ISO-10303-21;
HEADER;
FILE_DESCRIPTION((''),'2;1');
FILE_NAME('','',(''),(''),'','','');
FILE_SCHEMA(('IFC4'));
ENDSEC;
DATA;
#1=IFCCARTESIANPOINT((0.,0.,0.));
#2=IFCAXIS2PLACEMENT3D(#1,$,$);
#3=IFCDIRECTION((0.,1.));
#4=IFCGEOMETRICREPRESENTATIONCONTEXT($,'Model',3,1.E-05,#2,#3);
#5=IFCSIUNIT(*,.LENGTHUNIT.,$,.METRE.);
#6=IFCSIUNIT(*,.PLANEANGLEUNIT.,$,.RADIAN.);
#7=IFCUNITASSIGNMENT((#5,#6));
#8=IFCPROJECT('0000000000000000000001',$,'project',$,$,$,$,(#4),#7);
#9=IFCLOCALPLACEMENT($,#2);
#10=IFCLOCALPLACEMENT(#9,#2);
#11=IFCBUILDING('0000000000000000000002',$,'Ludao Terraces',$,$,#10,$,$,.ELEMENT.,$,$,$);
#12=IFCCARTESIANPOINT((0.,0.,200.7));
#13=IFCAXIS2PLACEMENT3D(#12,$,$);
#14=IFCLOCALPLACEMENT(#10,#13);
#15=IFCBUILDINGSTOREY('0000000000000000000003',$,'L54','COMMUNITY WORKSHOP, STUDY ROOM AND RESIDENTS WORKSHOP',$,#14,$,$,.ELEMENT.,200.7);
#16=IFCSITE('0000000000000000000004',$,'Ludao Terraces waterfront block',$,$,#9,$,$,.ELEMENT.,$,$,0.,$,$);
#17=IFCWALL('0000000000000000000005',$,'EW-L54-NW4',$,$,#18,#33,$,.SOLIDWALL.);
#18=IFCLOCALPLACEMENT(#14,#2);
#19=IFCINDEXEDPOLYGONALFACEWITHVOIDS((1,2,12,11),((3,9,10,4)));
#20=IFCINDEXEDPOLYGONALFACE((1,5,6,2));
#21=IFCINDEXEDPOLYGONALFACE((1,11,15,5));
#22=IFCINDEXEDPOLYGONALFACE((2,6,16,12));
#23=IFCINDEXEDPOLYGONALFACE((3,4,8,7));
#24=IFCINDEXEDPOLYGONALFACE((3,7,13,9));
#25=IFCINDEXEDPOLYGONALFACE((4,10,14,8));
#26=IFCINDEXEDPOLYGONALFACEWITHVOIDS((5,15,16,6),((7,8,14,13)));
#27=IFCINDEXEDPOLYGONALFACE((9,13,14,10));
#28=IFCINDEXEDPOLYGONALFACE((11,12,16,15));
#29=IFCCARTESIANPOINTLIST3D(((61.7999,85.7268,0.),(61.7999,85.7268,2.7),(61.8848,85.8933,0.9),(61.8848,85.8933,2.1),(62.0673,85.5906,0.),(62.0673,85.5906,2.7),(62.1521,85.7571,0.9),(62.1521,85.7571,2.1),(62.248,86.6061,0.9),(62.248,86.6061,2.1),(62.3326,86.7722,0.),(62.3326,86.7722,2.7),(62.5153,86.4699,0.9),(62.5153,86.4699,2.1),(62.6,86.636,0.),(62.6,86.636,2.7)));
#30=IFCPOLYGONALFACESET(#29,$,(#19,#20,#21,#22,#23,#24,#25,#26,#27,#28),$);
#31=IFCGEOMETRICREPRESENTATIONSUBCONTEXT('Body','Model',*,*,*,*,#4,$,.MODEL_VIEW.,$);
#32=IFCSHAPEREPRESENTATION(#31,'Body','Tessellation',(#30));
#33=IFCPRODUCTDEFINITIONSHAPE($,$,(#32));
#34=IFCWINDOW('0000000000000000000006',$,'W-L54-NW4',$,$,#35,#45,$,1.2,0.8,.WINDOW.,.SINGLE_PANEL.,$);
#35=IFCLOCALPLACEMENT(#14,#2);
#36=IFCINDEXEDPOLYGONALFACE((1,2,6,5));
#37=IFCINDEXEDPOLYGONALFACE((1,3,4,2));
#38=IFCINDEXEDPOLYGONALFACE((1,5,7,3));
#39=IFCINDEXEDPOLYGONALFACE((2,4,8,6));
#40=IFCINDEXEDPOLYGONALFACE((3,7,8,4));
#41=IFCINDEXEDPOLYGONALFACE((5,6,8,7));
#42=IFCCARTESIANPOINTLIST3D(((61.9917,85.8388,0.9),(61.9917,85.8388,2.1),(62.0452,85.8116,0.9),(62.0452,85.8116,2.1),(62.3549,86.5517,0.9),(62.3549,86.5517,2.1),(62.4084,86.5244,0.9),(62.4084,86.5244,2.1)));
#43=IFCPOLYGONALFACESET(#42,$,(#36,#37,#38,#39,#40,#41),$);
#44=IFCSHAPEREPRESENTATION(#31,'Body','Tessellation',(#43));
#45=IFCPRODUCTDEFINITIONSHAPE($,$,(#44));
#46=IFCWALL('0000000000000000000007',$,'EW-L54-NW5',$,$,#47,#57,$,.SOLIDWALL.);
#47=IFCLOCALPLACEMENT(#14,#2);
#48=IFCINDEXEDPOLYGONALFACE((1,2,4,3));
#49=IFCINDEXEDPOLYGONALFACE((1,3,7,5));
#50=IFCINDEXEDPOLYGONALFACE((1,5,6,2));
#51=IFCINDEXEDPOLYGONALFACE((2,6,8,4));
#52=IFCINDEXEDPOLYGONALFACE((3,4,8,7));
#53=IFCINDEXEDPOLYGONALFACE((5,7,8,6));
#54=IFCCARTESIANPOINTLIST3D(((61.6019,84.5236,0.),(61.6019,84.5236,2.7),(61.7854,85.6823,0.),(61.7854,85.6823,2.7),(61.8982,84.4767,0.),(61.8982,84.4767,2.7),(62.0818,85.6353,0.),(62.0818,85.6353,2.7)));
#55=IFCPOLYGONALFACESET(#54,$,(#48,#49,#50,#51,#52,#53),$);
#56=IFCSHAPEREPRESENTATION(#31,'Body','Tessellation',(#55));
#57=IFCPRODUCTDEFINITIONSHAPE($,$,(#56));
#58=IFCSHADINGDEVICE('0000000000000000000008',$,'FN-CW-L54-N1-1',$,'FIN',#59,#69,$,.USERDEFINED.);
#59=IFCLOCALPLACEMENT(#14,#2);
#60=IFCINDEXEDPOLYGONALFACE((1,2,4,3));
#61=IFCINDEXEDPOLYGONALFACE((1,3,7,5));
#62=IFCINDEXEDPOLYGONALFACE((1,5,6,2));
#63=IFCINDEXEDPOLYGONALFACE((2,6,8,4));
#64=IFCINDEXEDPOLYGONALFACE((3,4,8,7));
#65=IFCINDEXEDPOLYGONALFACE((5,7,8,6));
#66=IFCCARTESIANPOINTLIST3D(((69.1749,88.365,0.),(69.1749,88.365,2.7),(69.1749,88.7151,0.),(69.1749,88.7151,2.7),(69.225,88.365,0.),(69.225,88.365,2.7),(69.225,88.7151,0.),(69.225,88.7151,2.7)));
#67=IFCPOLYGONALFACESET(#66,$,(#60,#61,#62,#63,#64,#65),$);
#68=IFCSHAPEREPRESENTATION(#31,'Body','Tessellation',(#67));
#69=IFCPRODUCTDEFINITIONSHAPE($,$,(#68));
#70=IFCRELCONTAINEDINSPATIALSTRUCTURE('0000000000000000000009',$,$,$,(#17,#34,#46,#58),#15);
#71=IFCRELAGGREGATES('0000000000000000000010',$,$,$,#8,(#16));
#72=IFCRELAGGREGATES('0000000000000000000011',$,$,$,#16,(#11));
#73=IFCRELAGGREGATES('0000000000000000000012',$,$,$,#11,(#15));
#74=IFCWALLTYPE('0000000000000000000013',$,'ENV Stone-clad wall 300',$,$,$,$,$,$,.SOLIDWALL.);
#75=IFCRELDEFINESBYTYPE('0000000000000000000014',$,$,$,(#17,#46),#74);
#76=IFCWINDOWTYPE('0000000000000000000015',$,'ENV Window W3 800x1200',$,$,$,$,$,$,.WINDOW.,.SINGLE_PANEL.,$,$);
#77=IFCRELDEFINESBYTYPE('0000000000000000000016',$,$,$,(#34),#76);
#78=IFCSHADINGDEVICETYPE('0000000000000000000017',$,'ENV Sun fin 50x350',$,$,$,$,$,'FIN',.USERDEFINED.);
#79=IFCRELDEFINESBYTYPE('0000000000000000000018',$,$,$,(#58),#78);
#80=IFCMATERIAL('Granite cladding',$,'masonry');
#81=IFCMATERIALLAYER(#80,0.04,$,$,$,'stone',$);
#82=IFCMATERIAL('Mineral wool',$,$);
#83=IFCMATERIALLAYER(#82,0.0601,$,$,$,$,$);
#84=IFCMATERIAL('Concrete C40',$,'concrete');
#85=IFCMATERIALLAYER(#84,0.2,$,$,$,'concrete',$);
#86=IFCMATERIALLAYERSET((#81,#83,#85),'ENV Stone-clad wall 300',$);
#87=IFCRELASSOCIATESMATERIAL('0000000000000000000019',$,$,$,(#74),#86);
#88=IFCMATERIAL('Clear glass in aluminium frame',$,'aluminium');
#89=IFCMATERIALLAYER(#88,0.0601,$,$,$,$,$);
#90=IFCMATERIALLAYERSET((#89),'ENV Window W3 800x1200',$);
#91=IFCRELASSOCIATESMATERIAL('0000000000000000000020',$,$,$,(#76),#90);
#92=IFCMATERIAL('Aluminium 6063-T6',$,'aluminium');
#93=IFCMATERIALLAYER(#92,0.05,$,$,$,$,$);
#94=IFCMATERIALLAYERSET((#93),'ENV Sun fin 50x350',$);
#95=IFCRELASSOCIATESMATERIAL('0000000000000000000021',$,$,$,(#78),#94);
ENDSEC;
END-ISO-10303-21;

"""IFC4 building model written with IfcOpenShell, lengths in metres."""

from ifc_helpers import new_model, si_unit, direction, frame, frame_2d, origin, origin_2d, place, context, subcontext, project, spatial, rectangle, extrude, material, layer, layer_set, type_object, element, fill, save


model = new_model("IFC4")

# Units and contexts
model_context = context("Model", 3, precision=1e-05, world=origin(), true_north=direction((0.0, 1.0)))
body_context = subcontext(model_context, "Body", "Model", "MODEL_VIEW")
ifc_project = project(units=[si_unit("LENGTHUNIT", "METRE"), si_unit("PLANEANGLEUNIT", "RADIAN")], contexts=[model_context])

# Site, building, storey
site_placement = place(None, origin())
site = spatial("IfcSite", under=ifc_project, at=site_placement, Name="Ludao Terraces waterfront block", CompositionType="ELEMENT", RefElevation=0.0)
building_placement = place(site_placement, origin())
building = spatial("IfcBuilding", under=site, at=building_placement, Name="Ludao Terraces", CompositionType="ELEMENT")
storey_placement = place(building_placement, frame((0.0, 0.0, 200.7)))
storey = spatial("IfcBuildingStorey", under=building, at=storey_placement, Name="L54", Description="COMMUNITY WORKSHOP, STUDY ROOM AND RESIDENTS WORKSHOP", CompositionType="ELEMENT", Elevation=200.7)

# Shared definitions
ifc_material_1 = material(Name="Aluminium 6063-T6", Category="aluminium")

# Shared definitions
ifc_material_2 = material(Name="Concrete C40", Category="concrete")

# Shared definitions
ifc_material_3 = material(Name="Granite cladding", Category="masonry")
ifc_layer_1 = layer(ifc_material_3, 0.04, Category="stone")
ifc_material_4 = material(Name="Mineral wool")
ifc_layer_2 = layer(ifc_material_4, 0.0601)
ifc_layer_3 = layer(ifc_material_2, 0.2, Category="concrete")
ifc_layer_set_1 = layer_set([ifc_layer_1, ifc_layer_2, ifc_layer_3], Name="ENV Stone-clad wall 300")
wall_type = type_object("IfcWallType", Name="ENV Stone-clad wall 300", PredefinedType="SOLIDWALL", material=ifc_layer_set_1)

# Wall, opening, window
ifc_material_5 = material(Name="Clear glass in aluminium frame", Category="aluminium")
ifc_layer_4 = layer(ifc_material_5, 0.0601)
ifc_layer_set_2 = layer_set([ifc_layer_4], Name="ENV Window W3 800x1200")
window_type = type_object("IfcWindowType", Name="ENV Window W3 800x1200", PartitioningType="SINGLE_PANEL", PredefinedType="WINDOW", material=ifc_layer_set_2)
wall_1_placement = place(storey_placement, frame((62.4663, 86.7041, 0.0), z_axis=(0.0, 0.0, 1.0), x_axis=(-0.454026, -0.890989, 0.0)))
wall_1 = element("IfcWall", 1, at=wall_1_placement, inside=storey, type_object=wall_type, Name="EW-L54-NW4", PredefinedType="SOLIDWALL", context=body_context, shape_type="SweptSolid", body=[
    extrude(rectangle(XDim=1.1733, YDim=0.3, at=frame_2d((0.5867, 0.0))), origin(), (0.0, 0.0, 1.0), 2.7),
])
opening_1_placement = place(wall_1_placement, frame((0.1865, 0.0, 0.8999)))
opening_1 = element("IfcOpeningElement", 2, at=opening_1_placement, cuts=wall_1, PredefinedType="OPENING", context=body_context, shape_type="SweptSolid", body=[
    extrude(rectangle(XDim=0.8, YDim=1.2, at=frame_2d((0.3999, 0.6001))), frame((0.0, 0.1602, 0.0), z_axis=(0.0, -1.0, 0.0), x_axis=(1.0, 0.0, 0.0)), (0.0, 0.0, 1.0), 0.3201),
])
window_1_placement = place(opening_1_placement, origin())
window_1 = element("IfcWindow", 3, at=window_1_placement, inside=storey, type_object=window_type, Name="W-L54-NW4", OverallHeight=1.2, OverallWidth=0.8, PartitioningType="SINGLE_PANEL", PredefinedType="WINDOW", context=body_context, shape_type="SweptSolid", body=[
    extrude(rectangle(XDim=0.8, YDim=1.2, at=frame_2d((0.3999, 0.6001))), frame((0.0, 0.03, 0.0), z_axis=(0.0, -1.0, 0.0), x_axis=(1.0, 0.0, 0.0)), (0.0, 0.0, 1.0), 0.0601),
])
fill(opening_1, window_1)

# Wall
wall_2_placement = place(storey_placement, frame((61.9336, 85.6587, 0.0), z_axis=(0.0, 0.0, 1.0), x_axis=(-0.156497, -0.987678, 0.0)))
element("IfcWall", 4, at=wall_2_placement, inside=storey, type_object=wall_type, Name="EW-L54-NW5", PredefinedType="SOLIDWALL", context=body_context, shape_type="SweptSolid", body=[
    extrude(rectangle(XDim=1.1731, YDim=0.3, at=frame_2d((0.5864, 0.0))), origin(), (0.0, 0.0, 1.0), 2.7),
])

# Shading device
ifc_layer_5 = layer(ifc_material_1, 0.05)
ifc_layer_set_3 = layer_set([ifc_layer_5], Name="ENV Sun fin 50x350")
shading_device_type = type_object("IfcShadingDeviceType", Name="ENV Sun fin 50x350", ElementType="FIN", PredefinedType="USERDEFINED", material=ifc_layer_set_3)
shading_device_placement = place(storey_placement, frame((69.2, 88.54, 0.0), z_axis=(0.0, 0.0, 1.0), x_axis=(1.0, 0.0, 0.0)))
element("IfcShadingDevice", 5, at=shading_device_placement, inside=storey, type_object=shading_device_type, Name="FN-CW-L54-N1-1", ObjectType="FIN", PredefinedType="USERDEFINED", context=body_context, shape_type="SweptSolid", body=[
    extrude(rectangle(XDim=0.05, YDim=0.3501, at=origin_2d()), origin(), (0.0, 0.0, 1.0), 2.7),
])

save(model, "model.ifc")
